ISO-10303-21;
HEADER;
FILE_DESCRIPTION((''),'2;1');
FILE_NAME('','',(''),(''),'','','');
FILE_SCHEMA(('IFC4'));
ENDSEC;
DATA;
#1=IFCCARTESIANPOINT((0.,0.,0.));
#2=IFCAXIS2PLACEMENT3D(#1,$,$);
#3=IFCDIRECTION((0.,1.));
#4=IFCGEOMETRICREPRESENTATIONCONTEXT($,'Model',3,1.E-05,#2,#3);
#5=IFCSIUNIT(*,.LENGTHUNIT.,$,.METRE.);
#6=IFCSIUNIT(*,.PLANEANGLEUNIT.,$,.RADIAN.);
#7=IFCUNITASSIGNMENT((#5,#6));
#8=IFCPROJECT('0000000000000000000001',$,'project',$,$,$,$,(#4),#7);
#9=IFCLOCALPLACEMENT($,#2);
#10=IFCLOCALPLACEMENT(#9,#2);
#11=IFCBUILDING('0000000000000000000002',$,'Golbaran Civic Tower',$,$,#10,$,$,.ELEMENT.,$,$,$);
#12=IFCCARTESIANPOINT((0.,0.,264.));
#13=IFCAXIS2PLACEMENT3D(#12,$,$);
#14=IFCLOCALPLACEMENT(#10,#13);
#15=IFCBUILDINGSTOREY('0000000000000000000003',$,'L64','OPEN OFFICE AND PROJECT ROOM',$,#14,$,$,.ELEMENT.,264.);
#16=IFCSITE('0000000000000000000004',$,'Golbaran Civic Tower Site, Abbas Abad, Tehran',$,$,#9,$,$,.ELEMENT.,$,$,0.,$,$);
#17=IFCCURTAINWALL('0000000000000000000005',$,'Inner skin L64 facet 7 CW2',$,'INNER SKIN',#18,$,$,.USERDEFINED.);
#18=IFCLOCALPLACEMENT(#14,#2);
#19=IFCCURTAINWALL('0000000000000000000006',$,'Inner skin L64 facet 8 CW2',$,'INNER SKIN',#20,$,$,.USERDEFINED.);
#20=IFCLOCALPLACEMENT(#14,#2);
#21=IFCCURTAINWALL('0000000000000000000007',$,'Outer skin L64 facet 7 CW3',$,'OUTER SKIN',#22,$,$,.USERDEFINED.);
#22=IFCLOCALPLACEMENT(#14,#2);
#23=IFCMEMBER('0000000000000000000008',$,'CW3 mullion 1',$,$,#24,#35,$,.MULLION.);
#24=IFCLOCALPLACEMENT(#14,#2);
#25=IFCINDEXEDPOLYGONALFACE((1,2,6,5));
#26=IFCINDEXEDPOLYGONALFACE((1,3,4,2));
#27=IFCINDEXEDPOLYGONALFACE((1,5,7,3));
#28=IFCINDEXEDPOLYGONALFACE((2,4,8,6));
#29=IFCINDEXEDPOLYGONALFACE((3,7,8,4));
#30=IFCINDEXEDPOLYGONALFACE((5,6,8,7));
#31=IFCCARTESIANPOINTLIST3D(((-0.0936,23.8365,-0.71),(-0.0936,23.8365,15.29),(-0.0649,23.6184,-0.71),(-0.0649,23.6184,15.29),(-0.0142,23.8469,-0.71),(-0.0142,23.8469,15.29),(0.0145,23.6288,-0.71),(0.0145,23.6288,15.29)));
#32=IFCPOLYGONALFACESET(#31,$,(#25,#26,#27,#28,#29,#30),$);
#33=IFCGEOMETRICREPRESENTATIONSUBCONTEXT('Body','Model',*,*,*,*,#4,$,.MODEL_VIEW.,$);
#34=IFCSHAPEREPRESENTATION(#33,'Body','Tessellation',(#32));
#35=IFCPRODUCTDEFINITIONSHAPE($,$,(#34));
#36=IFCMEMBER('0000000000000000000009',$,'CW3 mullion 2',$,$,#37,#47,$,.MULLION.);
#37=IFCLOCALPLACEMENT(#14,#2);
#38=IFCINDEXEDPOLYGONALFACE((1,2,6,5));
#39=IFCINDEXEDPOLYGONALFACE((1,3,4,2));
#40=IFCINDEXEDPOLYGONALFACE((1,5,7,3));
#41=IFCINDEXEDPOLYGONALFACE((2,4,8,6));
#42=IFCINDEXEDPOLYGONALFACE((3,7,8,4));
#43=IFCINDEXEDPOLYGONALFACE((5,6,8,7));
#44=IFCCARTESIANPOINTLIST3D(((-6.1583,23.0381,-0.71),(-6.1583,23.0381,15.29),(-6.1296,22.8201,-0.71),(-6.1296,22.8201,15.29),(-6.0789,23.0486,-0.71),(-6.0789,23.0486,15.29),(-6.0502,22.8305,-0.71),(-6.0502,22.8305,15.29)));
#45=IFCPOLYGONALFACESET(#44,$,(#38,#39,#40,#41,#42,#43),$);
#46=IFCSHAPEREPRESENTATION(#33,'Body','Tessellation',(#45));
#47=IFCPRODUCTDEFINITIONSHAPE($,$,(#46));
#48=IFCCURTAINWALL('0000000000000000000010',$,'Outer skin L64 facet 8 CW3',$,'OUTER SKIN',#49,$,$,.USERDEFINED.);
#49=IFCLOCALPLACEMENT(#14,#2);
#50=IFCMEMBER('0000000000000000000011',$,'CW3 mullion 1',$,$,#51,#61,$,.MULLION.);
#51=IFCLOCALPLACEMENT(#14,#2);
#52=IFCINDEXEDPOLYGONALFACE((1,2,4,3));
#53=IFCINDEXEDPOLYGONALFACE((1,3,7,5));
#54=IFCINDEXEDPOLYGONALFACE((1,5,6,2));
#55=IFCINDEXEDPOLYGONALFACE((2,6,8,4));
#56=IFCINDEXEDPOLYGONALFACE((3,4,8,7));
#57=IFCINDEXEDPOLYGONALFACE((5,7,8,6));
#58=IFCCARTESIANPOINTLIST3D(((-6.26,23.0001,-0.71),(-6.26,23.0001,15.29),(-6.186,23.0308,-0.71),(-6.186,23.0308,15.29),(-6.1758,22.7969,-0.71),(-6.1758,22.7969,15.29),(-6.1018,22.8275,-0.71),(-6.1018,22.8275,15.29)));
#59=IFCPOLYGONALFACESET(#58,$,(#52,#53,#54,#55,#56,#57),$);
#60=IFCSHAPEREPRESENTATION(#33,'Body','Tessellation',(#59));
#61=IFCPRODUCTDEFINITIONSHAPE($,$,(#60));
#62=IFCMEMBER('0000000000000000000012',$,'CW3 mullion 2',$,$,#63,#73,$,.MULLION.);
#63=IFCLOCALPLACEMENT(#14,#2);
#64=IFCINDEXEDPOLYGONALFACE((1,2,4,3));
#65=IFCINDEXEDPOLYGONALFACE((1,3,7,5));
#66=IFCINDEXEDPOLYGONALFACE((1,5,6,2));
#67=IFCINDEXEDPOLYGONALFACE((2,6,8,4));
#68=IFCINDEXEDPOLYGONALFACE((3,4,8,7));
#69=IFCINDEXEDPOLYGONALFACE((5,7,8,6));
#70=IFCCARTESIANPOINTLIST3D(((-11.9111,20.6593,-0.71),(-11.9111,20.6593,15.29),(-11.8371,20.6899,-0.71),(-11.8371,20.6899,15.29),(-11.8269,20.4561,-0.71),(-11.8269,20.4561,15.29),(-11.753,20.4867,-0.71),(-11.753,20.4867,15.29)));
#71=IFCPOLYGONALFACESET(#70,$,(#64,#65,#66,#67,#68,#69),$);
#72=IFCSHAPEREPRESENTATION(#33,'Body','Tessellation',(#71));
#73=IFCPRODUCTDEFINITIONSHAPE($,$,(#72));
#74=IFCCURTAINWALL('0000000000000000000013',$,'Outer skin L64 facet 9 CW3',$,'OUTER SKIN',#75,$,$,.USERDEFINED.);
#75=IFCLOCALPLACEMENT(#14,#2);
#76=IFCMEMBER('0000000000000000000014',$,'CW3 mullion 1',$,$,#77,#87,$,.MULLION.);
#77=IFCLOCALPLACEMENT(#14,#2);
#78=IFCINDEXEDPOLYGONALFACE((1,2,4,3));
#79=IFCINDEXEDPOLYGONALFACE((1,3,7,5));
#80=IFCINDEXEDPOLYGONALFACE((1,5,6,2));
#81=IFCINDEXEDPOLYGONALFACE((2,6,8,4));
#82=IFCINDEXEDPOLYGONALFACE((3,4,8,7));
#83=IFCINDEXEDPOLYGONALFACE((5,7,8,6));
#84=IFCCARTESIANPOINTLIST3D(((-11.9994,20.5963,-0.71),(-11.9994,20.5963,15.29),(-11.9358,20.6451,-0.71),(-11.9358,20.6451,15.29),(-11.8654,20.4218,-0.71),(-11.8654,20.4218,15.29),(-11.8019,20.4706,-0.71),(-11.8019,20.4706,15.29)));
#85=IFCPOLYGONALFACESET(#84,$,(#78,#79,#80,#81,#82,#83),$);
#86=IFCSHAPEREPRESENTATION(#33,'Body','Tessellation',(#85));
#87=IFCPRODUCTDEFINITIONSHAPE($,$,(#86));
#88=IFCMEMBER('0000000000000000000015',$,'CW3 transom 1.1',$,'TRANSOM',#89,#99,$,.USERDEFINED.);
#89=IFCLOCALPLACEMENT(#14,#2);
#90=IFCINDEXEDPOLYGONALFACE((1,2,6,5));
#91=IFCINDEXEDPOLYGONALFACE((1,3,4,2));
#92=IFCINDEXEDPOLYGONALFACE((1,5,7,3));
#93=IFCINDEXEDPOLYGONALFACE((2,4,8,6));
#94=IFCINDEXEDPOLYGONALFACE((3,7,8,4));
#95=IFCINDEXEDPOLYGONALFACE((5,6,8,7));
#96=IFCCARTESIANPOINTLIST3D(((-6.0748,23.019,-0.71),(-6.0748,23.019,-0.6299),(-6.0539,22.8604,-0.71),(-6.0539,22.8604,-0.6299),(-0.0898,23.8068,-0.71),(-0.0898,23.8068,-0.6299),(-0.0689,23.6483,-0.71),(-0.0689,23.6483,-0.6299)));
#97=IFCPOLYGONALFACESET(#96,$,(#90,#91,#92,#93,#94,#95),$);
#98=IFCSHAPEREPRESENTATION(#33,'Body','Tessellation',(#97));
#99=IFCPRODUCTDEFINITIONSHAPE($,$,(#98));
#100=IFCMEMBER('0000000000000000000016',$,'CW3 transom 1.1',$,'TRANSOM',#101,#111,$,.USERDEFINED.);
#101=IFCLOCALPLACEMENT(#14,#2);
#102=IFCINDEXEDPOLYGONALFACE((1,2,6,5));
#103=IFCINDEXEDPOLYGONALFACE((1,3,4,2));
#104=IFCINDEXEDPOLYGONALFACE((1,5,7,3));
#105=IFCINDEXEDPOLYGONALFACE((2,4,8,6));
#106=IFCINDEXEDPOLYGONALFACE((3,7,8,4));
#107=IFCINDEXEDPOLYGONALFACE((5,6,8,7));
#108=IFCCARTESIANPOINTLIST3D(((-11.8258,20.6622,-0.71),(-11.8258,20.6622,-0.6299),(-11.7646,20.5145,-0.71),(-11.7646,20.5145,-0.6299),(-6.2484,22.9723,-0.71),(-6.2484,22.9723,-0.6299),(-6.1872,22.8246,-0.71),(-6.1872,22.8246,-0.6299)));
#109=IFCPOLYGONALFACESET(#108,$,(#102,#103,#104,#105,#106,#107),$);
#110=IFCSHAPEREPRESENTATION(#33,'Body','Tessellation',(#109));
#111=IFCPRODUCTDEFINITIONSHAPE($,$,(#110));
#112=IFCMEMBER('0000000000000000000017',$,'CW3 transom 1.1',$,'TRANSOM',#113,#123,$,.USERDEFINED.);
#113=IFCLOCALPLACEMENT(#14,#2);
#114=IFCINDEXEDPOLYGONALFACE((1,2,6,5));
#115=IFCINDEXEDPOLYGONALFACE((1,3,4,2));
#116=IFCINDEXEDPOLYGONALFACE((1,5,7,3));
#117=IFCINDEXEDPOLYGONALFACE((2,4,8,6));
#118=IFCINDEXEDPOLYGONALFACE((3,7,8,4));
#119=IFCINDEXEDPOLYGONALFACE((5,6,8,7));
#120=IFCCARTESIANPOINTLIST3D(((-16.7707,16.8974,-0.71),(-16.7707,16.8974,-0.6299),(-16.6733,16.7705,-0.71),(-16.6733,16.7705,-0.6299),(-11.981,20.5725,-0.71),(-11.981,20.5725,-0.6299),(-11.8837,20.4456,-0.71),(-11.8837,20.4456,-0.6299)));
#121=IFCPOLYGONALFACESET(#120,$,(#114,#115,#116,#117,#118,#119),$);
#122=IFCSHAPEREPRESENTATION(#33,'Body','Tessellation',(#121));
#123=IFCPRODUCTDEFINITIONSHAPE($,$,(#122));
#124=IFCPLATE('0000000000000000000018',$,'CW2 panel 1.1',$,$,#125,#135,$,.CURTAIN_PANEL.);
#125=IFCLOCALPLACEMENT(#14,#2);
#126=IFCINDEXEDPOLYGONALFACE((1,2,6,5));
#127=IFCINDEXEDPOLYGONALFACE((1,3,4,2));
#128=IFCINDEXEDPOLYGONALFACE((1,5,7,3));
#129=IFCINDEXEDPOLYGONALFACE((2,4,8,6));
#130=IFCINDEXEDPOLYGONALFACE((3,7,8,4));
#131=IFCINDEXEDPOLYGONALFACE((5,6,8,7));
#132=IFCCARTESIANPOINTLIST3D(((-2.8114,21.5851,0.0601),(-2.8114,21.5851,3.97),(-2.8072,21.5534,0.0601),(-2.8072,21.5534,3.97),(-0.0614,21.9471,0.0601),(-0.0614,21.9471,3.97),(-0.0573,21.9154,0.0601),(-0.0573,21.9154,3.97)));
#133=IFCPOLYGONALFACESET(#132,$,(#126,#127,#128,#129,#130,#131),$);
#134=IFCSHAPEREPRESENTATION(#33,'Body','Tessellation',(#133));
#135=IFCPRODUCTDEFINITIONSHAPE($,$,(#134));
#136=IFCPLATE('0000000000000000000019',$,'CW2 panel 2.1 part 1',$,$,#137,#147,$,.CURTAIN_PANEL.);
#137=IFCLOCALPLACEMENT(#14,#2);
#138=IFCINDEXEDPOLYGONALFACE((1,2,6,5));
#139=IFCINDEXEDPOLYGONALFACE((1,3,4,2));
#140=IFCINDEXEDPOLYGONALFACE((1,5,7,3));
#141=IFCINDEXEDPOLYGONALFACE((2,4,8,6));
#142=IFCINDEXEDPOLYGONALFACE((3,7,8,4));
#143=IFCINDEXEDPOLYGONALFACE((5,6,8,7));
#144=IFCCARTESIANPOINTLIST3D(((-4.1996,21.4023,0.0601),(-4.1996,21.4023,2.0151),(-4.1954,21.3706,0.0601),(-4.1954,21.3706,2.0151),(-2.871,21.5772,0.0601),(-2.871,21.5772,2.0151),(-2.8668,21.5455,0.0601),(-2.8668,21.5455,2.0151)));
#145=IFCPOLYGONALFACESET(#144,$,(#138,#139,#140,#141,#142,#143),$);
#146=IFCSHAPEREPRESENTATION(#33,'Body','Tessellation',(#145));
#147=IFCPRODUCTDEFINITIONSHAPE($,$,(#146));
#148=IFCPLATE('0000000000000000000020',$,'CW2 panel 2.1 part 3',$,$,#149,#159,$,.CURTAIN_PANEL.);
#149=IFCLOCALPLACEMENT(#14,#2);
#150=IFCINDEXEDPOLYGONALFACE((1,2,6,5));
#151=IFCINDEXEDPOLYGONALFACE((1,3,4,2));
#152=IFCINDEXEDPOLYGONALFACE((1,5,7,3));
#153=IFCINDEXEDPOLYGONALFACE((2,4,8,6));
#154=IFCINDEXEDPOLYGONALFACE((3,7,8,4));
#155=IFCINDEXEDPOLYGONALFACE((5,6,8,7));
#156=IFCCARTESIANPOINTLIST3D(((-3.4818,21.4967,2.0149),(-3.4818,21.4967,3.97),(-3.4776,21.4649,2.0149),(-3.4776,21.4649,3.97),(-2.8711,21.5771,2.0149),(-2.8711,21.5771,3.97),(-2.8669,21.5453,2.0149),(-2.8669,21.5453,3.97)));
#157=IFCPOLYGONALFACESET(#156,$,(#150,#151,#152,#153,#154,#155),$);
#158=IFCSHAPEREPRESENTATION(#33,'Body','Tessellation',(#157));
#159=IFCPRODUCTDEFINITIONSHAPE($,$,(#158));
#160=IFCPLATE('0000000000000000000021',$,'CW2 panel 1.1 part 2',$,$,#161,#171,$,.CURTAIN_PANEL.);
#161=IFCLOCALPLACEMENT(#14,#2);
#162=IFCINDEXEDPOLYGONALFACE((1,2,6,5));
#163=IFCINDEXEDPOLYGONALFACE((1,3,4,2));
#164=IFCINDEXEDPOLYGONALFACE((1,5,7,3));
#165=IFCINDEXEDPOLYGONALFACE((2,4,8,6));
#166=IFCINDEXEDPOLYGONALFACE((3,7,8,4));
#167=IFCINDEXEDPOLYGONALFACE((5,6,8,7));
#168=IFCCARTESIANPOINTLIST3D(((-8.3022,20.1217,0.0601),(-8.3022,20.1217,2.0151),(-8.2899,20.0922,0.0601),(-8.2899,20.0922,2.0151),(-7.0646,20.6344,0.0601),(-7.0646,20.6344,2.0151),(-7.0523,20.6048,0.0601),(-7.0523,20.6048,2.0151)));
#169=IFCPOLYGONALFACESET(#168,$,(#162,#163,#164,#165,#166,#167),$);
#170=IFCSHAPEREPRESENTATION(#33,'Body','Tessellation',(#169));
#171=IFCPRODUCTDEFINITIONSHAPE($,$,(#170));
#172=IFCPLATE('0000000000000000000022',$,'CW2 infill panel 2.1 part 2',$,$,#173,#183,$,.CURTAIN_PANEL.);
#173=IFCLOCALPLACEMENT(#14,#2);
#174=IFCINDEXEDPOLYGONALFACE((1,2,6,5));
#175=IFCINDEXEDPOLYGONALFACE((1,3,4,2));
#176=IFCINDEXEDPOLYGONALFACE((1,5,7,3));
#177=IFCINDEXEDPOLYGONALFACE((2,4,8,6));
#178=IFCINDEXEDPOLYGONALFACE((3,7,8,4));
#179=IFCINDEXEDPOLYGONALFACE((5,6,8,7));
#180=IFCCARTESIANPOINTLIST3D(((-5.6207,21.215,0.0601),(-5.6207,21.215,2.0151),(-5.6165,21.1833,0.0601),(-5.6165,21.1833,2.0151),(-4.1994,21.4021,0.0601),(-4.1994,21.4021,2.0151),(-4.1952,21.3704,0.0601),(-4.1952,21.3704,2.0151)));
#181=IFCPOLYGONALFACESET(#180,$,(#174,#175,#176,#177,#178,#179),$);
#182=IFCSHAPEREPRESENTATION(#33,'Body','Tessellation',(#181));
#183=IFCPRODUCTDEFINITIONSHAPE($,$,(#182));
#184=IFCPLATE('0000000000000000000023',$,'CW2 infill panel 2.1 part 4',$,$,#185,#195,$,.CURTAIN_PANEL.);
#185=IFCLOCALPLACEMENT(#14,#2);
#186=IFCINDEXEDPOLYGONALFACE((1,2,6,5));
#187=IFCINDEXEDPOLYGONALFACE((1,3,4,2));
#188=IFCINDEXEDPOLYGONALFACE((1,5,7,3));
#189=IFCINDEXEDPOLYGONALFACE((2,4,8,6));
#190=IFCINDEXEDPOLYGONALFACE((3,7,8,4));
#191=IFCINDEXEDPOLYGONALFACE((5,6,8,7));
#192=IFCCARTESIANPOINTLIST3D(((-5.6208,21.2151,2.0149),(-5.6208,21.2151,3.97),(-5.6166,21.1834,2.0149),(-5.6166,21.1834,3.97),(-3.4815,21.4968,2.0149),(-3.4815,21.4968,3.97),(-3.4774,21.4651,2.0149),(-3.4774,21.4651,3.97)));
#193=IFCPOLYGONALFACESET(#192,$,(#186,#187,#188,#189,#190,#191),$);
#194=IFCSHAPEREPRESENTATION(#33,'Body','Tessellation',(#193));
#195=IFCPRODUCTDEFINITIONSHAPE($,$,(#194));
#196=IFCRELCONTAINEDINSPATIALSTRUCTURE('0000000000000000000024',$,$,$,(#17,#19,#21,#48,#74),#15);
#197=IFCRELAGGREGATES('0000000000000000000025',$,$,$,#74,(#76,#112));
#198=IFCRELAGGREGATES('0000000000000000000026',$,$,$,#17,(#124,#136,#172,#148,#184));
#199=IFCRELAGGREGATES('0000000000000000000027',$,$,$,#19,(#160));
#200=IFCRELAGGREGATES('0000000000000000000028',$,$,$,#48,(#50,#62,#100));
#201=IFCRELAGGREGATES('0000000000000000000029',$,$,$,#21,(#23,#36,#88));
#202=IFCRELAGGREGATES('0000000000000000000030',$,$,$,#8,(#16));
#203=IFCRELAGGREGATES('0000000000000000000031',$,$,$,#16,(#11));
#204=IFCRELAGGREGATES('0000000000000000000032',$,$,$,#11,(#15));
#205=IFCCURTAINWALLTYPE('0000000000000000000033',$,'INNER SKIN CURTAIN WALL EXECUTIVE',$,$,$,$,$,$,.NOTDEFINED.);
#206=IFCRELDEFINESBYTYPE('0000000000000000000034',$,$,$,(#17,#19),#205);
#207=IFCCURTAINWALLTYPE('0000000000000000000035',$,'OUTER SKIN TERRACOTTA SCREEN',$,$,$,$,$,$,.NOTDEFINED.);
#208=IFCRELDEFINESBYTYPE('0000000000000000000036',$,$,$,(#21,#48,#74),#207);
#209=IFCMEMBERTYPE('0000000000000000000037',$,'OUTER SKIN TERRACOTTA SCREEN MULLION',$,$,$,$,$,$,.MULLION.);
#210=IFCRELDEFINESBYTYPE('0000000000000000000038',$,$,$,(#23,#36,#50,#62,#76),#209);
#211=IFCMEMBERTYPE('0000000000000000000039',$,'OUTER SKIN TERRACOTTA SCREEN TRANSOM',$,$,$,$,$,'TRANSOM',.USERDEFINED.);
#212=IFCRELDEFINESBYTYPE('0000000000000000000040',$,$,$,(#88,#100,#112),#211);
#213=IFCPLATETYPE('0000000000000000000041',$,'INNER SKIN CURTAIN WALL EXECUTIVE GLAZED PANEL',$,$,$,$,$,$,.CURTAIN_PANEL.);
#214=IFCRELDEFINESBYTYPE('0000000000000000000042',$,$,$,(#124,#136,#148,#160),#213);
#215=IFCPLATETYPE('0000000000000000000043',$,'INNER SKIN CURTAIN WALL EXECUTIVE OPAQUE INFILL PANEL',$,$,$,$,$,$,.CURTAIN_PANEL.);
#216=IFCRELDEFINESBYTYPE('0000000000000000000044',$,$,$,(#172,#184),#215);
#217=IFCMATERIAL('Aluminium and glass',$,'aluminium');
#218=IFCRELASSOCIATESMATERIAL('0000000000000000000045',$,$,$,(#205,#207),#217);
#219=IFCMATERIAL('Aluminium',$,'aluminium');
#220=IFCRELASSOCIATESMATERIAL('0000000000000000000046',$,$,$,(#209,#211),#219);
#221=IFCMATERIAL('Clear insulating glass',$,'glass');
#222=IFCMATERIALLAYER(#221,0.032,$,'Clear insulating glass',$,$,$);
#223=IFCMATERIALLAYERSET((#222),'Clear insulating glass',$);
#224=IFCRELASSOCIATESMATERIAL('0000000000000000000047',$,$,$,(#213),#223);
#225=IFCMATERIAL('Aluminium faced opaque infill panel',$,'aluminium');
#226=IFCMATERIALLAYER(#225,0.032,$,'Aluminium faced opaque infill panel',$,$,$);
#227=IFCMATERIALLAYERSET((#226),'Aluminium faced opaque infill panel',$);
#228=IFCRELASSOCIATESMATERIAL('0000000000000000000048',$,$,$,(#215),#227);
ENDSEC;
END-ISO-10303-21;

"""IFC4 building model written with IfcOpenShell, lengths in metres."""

from ifc_helpers import new_model, si_unit, direction, frame, origin, origin_2d, place, context, subcontext, project, spatial, rectangle, extrude, material, layer, layer_set, material_profile, profile_set, type_object, element, aggregate, save


model = new_model("IFC4")

# Units and contexts
model_context = context("Model", 3, precision=1e-05, world=origin(), true_north=direction((0.0, 1.0)))
body_context = subcontext(model_context, "Body", "Model", "MODEL_VIEW")
ifc_project = project(units=[si_unit("LENGTHUNIT", "METRE"), si_unit("PLANEANGLEUNIT", "RADIAN")], contexts=[model_context])

# Site, building, storey
site_placement = place(None, origin())
site = spatial("IfcSite", under=ifc_project, at=site_placement, Name="Golbaran Civic Tower Site, Abbas Abad, Tehran", CompositionType="ELEMENT", RefElevation=0.0)
building_placement = place(site_placement, origin())
building = spatial("IfcBuilding", under=site, at=building_placement, Name="Golbaran Civic Tower", CompositionType="ELEMENT")
storey_placement = place(building_placement, frame((0.0, 0.0, 264.0)))
storey = spatial("IfcBuildingStorey", under=building, at=storey_placement, Name="L64", Description="OPEN OFFICE AND PROJECT ROOM", CompositionType="ELEMENT", Elevation=264.0)

# Curtain wall
ifc_material_1 = material(Name="Aluminium and glass", Category="aluminium")
curtain_wall_type_1 = type_object("IfcCurtainWallType", Name="INNER SKIN CURTAIN WALL EXECUTIVE", PredefinedType="NOTDEFINED", material=ifc_material_1)
curtain_wall_1_placement = place(storey_placement, origin())
curtain_wall_1 = element("IfcCurtainWall", 1, at=curtain_wall_1_placement, inside=storey, type_object=curtain_wall_type_1, Name="Inner skin L64 facet 7 CW2", ObjectType="INNER SKIN", PredefinedType="USERDEFINED")
ifc_material_2 = material(Name="Aluminium", Category="aluminium")

# Curtain wall
curtain_wall_2_placement = place(storey_placement, origin())
curtain_wall_2 = element("IfcCurtainWall", 2, at=curtain_wall_2_placement, inside=storey, type_object=curtain_wall_type_1, Name="Inner skin L64 facet 8 CW2", ObjectType="INNER SKIN", PredefinedType="USERDEFINED")

# Curtain walls, members
curtain_wall_type_2 = type_object("IfcCurtainWallType", Name="OUTER SKIN TERRACOTTA SCREEN", PredefinedType="NOTDEFINED", material=ifc_material_1)
curtain_wall_3_placement = place(storey_placement, origin())
curtain_wall_3 = element("IfcCurtainWall", 3, at=curtain_wall_3_placement, inside=storey, type_object=curtain_wall_type_2, Name="Outer skin L64 facet 7 CW3", ObjectType="OUTER SKIN", PredefinedType="USERDEFINED")
ifc_material_profile_1 = material_profile(ifc_material_2, rectangle(XDim=0.22, YDim=0.0801, at=origin_2d()), Name="OUTER SKIN TERRACOTTA SCREEN MULLION")
ifc_profile_set_1 = profile_set([ifc_material_profile_1], Name="Aluminium")
member_type_1 = type_object("IfcMemberType", Name="OUTER SKIN TERRACOTTA SCREEN MULLION", PredefinedType="MULLION", material=ifc_profile_set_1)
member_1_placement = place(storey_placement, frame((-0.0396, 23.7327, -0.71), z_axis=(0.0, 0.0, 1.0), x_axis=(0.130526, -0.991445, 0.0)))
member_1 = element("IfcMember", 4, at=member_1_placement, type_object=member_type_1, Name="CW3 mullion 1", PredefinedType="MULLION", context=body_context, shape_type="SweptSolid", body=[
    extrude(rectangle(XDim=0.22, YDim=0.0801, at=origin_2d()), origin(), (0.0, 0.0, 1.0), 16.0),
])
member_2_placement = place(storey_placement, frame((-6.1042, 22.9343, -0.71), z_axis=(0.0, 0.0, 1.0), x_axis=(0.130526, -0.991445, 0.0)))
member_2 = element("IfcMember", 5, at=member_2_placement, type_object=member_type_1, Name="CW3 mullion 2", PredefinedType="MULLION", context=body_context, shape_type="SweptSolid", body=[
    extrude(rectangle(XDim=0.22, YDim=0.0801, at=origin_2d()), origin(), (0.0, 0.0, 1.0), 16.0),
])
curtain_wall_4_placement = place(storey_placement, origin())
curtain_wall_4 = element("IfcCurtainWall", 6, at=curtain_wall_4_placement, inside=storey, type_object=curtain_wall_type_2, Name="Outer skin L64 facet 8 CW3", ObjectType="OUTER SKIN", PredefinedType="USERDEFINED")
member_3_placement = place(storey_placement, frame((-6.1809, 22.9138, -0.71), z_axis=(0.0, 0.0, 1.0), x_axis=(0.382683, -0.92388, 0.0)))
member_3 = element("IfcMember", 7, at=member_3_placement, type_object=member_type_1, Name="CW3 mullion 1", PredefinedType="MULLION", context=body_context, shape_type="SweptSolid", body=[
    extrude(rectangle(XDim=0.22, YDim=0.0801, at=origin_2d()), origin(), (0.0, 0.0, 1.0), 16.0),
])
member_4_placement = place(storey_placement, frame((-11.832, 20.573, -0.71), z_axis=(0.0, 0.0, 1.0), x_axis=(0.382683, -0.92388, 0.0)))
member_4 = element("IfcMember", 8, at=member_4_placement, type_object=member_type_1, Name="CW3 mullion 2", PredefinedType="MULLION", context=body_context, shape_type="SweptSolid", body=[
    extrude(rectangle(XDim=0.22, YDim=0.0801, at=origin_2d()), origin(), (0.0, 0.0, 1.0), 16.0),
])

# Curtain wall, member
curtain_wall_5_placement = place(storey_placement, origin())
curtain_wall_5 = element("IfcCurtainWall", 9, at=curtain_wall_5_placement, inside=storey, type_object=curtain_wall_type_2, Name="Outer skin L64 facet 9 CW3", ObjectType="OUTER SKIN", PredefinedType="USERDEFINED")
member_5_placement = place(storey_placement, frame((-11.9006, 20.5334, -0.71), z_axis=(0.0, 0.0, 1.0), x_axis=(0.608761, -0.793353, 0.0)))
member_5 = element("IfcMember", 10, at=member_5_placement, type_object=member_type_1, Name="CW3 mullion 1", PredefinedType="MULLION", context=body_context, shape_type="SweptSolid", body=[
    extrude(rectangle(XDim=0.22, YDim=0.0801, at=origin_2d()), origin(), (0.0, 0.0, 1.0), 16.0),
])

# Members
ifc_material_profile_2 = material_profile(ifc_material_2, rectangle(XDim=0.1599, YDim=0.0801, at=origin_2d()), Name="OUTER SKIN TERRACOTTA SCREEN TRANSOM")
ifc_profile_set_2 = profile_set([ifc_material_profile_2], Name="Aluminium")
member_type_2 = type_object("IfcMemberType", Name="OUTER SKIN TERRACOTTA SCREEN TRANSOM", ElementType="TRANSOM", PredefinedType="USERDEFINED", material=ifc_profile_set_2)
member_6_placement = place(storey_placement, frame((-0.0793, 23.7275, -0.6699), z_axis=(-0.991447, -0.130508, 0.0), x_axis=(0.130508, -0.991447, 0.0)))
member_6 = element("IfcMember", 11, at=member_6_placement, type_object=member_type_2, Name="CW3 transom 1.1", ObjectType="TRANSOM", PredefinedType="USERDEFINED", context=body_context, shape_type="SweptSolid", body=[
    extrude(rectangle(XDim=0.1599, YDim=0.0801, at=origin_2d()), origin(), (0.0, 0.0, 1.0), 6.0366),
])
member_7_placement = place(storey_placement, frame((-6.2178, 22.8984, -0.6699), z_axis=(-0.92389, -0.382659, 0.0), x_axis=(0.382659, -0.92389, 0.0)))
member_7 = element("IfcMember", 12, at=member_7_placement, type_object=member_type_2, Name="CW3 transom 1.1", ObjectType="TRANSOM", PredefinedType="USERDEFINED", context=body_context, shape_type="SweptSolid", body=[
    extrude(rectangle(XDim=0.1599, YDim=0.0801, at=origin_2d()), origin(), (0.0, 0.0, 1.0), 6.0369),
])
member_8_placement = place(storey_placement, frame((-11.9324, 20.509, -0.6699), z_axis=(-0.793362, -0.608751, 0.0), x_axis=(0.608751, -0.793362, 0.0)))
member_8 = element("IfcMember", 13, at=member_8_placement, type_object=member_type_2, Name="CW3 transom 1.1", ObjectType="TRANSOM", PredefinedType="USERDEFINED", context=body_context, shape_type="SweptSolid", body=[
    extrude(rectangle(XDim=0.1599, YDim=0.0801, at=origin_2d()), origin(), (0.0, 0.0, 1.0), 6.0371),
])
aggregate(curtain_wall_5, [member_5, member_8])

# Plates
ifc_material_3 = material(Name="Clear insulating glass", Category="glass")
ifc_layer_1 = layer(ifc_material_3, 0.032, Name="Clear insulating glass")
ifc_layer_set_1 = layer_set([ifc_layer_1], Name="Clear insulating glass")
plate_type_1 = type_object("IfcPlateType", Name="INNER SKIN CURTAIN WALL EXECUTIVE GLAZED PANEL", PredefinedType="CURTAIN_PANEL", material=ifc_layer_set_1)
plate_1_placement = place(storey_placement, frame((-1.4343, 21.7502, 0.0601), z_axis=(0.0, 0.0, 1.0), x_axis=(-0.991445, -0.130526, 0.0)))
plate_1 = element("IfcPlate", 14, at=plate_1_placement, type_object=plate_type_1, Name="CW2 panel 1.1", PredefinedType="CURTAIN_PANEL", context=body_context, shape_type="SweptSolid", body=[
    extrude(rectangle(XDim=2.7737, YDim=0.032, at=origin_2d()), origin(), (0.0, 0.0, 1.0), 3.9099),
])
plate_2_placement = place(storey_placement, frame((-3.5332, 21.4739, 0.0601), z_axis=(0.0, 0.0, 1.0), x_axis=(-0.991445, -0.130526, 0.0)))
plate_2 = element("IfcPlate", 15, at=plate_2_placement, type_object=plate_type_1, Name="CW2 panel 2.1 part 1", PredefinedType="CURTAIN_PANEL", context=body_context, shape_type="SweptSolid", body=[
    extrude(rectangle(XDim=1.3401, YDim=0.032, at=origin_2d()), origin(), (0.0, 0.0, 1.0), 1.9551),
])
plate_3_placement = place(storey_placement, frame((-3.1743, 21.521, 2.0149), z_axis=(0.0, 0.0, 1.0), x_axis=(-0.991445, -0.130526, 0.0)))
plate_3 = element("IfcPlate", 16, at=plate_3_placement, type_object=plate_type_1, Name="CW2 panel 2.1 part 3", PredefinedType="CURTAIN_PANEL", context=body_context, shape_type="SweptSolid", body=[
    extrude(rectangle(XDim=0.616, YDim=0.032, at=origin_2d()), origin(), (0.0, 0.0, 1.0), 1.9551),
])
plate_4_placement = place(storey_placement, frame((-7.6772, 20.3633, 0.0601), z_axis=(0.0, 0.0, 1.0), x_axis=(-0.92388, -0.382683, 0.0)))
plate_4 = element("IfcPlate", 17, at=plate_4_placement, type_object=plate_type_1, Name="CW2 panel 1.1 part 2", PredefinedType="CURTAIN_PANEL", context=body_context, shape_type="SweptSolid", body=[
    extrude(rectangle(XDim=1.3396, YDim=0.032, at=origin_2d()), origin(), (0.0, 0.0, 1.0), 1.9551),
])
ifc_material_4 = material(Name="Aluminium faced opaque infill panel", Category="aluminium")
ifc_layer_2 = layer(ifc_material_4, 0.032, Name="Aluminium faced opaque infill panel")
ifc_layer_set_2 = layer_set([ifc_layer_2], Name="Aluminium faced opaque infill panel")
plate_type_2 = type_object("IfcPlateType", Name="INNER SKIN CURTAIN WALL EXECUTIVE OPAQUE INFILL PANEL", PredefinedType="CURTAIN_PANEL", material=ifc_layer_set_2)
plate_5_placement = place(storey_placement, frame((-4.908, 21.2927, 0.0601), z_axis=(0.0, 0.0, 1.0), x_axis=(-0.991445, -0.130526, 0.0)))
plate_5 = element("IfcPlate", 18, at=plate_5_placement, type_object=plate_type_2, Name="CW2 infill panel 2.1 part 2", PredefinedType="CURTAIN_PANEL", context=body_context, shape_type="SweptSolid", body=[
    extrude(rectangle(XDim=1.4336, YDim=0.032, at=origin_2d()), origin(), (0.0, 0.0, 1.0), 1.9551),
])
plate_6_placement = place(storey_placement, frame((-4.5491, 21.3401, 2.0149), z_axis=(0.0, 0.0, 1.0), x_axis=(-0.991445, -0.130526, 0.0)))
plate_6 = element("IfcPlate", 19, at=plate_6_placement, type_object=plate_type_2, Name="CW2 infill panel 2.1 part 4", PredefinedType="CURTAIN_PANEL", context=body_context, shape_type="SweptSolid", body=[
    extrude(rectangle(XDim=2.1577, YDim=0.032, at=origin_2d()), origin(), (0.0, 0.0, 1.0), 1.9551),
])
aggregate(curtain_wall_1, [plate_1, plate_2, plate_5, plate_3, plate_6])
aggregate(curtain_wall_2, [plate_4])
aggregate(curtain_wall_4, [member_3, member_4, member_7])
aggregate(curtain_wall_3, [member_1, member_2, member_6])

save(model, "model.ifc")
